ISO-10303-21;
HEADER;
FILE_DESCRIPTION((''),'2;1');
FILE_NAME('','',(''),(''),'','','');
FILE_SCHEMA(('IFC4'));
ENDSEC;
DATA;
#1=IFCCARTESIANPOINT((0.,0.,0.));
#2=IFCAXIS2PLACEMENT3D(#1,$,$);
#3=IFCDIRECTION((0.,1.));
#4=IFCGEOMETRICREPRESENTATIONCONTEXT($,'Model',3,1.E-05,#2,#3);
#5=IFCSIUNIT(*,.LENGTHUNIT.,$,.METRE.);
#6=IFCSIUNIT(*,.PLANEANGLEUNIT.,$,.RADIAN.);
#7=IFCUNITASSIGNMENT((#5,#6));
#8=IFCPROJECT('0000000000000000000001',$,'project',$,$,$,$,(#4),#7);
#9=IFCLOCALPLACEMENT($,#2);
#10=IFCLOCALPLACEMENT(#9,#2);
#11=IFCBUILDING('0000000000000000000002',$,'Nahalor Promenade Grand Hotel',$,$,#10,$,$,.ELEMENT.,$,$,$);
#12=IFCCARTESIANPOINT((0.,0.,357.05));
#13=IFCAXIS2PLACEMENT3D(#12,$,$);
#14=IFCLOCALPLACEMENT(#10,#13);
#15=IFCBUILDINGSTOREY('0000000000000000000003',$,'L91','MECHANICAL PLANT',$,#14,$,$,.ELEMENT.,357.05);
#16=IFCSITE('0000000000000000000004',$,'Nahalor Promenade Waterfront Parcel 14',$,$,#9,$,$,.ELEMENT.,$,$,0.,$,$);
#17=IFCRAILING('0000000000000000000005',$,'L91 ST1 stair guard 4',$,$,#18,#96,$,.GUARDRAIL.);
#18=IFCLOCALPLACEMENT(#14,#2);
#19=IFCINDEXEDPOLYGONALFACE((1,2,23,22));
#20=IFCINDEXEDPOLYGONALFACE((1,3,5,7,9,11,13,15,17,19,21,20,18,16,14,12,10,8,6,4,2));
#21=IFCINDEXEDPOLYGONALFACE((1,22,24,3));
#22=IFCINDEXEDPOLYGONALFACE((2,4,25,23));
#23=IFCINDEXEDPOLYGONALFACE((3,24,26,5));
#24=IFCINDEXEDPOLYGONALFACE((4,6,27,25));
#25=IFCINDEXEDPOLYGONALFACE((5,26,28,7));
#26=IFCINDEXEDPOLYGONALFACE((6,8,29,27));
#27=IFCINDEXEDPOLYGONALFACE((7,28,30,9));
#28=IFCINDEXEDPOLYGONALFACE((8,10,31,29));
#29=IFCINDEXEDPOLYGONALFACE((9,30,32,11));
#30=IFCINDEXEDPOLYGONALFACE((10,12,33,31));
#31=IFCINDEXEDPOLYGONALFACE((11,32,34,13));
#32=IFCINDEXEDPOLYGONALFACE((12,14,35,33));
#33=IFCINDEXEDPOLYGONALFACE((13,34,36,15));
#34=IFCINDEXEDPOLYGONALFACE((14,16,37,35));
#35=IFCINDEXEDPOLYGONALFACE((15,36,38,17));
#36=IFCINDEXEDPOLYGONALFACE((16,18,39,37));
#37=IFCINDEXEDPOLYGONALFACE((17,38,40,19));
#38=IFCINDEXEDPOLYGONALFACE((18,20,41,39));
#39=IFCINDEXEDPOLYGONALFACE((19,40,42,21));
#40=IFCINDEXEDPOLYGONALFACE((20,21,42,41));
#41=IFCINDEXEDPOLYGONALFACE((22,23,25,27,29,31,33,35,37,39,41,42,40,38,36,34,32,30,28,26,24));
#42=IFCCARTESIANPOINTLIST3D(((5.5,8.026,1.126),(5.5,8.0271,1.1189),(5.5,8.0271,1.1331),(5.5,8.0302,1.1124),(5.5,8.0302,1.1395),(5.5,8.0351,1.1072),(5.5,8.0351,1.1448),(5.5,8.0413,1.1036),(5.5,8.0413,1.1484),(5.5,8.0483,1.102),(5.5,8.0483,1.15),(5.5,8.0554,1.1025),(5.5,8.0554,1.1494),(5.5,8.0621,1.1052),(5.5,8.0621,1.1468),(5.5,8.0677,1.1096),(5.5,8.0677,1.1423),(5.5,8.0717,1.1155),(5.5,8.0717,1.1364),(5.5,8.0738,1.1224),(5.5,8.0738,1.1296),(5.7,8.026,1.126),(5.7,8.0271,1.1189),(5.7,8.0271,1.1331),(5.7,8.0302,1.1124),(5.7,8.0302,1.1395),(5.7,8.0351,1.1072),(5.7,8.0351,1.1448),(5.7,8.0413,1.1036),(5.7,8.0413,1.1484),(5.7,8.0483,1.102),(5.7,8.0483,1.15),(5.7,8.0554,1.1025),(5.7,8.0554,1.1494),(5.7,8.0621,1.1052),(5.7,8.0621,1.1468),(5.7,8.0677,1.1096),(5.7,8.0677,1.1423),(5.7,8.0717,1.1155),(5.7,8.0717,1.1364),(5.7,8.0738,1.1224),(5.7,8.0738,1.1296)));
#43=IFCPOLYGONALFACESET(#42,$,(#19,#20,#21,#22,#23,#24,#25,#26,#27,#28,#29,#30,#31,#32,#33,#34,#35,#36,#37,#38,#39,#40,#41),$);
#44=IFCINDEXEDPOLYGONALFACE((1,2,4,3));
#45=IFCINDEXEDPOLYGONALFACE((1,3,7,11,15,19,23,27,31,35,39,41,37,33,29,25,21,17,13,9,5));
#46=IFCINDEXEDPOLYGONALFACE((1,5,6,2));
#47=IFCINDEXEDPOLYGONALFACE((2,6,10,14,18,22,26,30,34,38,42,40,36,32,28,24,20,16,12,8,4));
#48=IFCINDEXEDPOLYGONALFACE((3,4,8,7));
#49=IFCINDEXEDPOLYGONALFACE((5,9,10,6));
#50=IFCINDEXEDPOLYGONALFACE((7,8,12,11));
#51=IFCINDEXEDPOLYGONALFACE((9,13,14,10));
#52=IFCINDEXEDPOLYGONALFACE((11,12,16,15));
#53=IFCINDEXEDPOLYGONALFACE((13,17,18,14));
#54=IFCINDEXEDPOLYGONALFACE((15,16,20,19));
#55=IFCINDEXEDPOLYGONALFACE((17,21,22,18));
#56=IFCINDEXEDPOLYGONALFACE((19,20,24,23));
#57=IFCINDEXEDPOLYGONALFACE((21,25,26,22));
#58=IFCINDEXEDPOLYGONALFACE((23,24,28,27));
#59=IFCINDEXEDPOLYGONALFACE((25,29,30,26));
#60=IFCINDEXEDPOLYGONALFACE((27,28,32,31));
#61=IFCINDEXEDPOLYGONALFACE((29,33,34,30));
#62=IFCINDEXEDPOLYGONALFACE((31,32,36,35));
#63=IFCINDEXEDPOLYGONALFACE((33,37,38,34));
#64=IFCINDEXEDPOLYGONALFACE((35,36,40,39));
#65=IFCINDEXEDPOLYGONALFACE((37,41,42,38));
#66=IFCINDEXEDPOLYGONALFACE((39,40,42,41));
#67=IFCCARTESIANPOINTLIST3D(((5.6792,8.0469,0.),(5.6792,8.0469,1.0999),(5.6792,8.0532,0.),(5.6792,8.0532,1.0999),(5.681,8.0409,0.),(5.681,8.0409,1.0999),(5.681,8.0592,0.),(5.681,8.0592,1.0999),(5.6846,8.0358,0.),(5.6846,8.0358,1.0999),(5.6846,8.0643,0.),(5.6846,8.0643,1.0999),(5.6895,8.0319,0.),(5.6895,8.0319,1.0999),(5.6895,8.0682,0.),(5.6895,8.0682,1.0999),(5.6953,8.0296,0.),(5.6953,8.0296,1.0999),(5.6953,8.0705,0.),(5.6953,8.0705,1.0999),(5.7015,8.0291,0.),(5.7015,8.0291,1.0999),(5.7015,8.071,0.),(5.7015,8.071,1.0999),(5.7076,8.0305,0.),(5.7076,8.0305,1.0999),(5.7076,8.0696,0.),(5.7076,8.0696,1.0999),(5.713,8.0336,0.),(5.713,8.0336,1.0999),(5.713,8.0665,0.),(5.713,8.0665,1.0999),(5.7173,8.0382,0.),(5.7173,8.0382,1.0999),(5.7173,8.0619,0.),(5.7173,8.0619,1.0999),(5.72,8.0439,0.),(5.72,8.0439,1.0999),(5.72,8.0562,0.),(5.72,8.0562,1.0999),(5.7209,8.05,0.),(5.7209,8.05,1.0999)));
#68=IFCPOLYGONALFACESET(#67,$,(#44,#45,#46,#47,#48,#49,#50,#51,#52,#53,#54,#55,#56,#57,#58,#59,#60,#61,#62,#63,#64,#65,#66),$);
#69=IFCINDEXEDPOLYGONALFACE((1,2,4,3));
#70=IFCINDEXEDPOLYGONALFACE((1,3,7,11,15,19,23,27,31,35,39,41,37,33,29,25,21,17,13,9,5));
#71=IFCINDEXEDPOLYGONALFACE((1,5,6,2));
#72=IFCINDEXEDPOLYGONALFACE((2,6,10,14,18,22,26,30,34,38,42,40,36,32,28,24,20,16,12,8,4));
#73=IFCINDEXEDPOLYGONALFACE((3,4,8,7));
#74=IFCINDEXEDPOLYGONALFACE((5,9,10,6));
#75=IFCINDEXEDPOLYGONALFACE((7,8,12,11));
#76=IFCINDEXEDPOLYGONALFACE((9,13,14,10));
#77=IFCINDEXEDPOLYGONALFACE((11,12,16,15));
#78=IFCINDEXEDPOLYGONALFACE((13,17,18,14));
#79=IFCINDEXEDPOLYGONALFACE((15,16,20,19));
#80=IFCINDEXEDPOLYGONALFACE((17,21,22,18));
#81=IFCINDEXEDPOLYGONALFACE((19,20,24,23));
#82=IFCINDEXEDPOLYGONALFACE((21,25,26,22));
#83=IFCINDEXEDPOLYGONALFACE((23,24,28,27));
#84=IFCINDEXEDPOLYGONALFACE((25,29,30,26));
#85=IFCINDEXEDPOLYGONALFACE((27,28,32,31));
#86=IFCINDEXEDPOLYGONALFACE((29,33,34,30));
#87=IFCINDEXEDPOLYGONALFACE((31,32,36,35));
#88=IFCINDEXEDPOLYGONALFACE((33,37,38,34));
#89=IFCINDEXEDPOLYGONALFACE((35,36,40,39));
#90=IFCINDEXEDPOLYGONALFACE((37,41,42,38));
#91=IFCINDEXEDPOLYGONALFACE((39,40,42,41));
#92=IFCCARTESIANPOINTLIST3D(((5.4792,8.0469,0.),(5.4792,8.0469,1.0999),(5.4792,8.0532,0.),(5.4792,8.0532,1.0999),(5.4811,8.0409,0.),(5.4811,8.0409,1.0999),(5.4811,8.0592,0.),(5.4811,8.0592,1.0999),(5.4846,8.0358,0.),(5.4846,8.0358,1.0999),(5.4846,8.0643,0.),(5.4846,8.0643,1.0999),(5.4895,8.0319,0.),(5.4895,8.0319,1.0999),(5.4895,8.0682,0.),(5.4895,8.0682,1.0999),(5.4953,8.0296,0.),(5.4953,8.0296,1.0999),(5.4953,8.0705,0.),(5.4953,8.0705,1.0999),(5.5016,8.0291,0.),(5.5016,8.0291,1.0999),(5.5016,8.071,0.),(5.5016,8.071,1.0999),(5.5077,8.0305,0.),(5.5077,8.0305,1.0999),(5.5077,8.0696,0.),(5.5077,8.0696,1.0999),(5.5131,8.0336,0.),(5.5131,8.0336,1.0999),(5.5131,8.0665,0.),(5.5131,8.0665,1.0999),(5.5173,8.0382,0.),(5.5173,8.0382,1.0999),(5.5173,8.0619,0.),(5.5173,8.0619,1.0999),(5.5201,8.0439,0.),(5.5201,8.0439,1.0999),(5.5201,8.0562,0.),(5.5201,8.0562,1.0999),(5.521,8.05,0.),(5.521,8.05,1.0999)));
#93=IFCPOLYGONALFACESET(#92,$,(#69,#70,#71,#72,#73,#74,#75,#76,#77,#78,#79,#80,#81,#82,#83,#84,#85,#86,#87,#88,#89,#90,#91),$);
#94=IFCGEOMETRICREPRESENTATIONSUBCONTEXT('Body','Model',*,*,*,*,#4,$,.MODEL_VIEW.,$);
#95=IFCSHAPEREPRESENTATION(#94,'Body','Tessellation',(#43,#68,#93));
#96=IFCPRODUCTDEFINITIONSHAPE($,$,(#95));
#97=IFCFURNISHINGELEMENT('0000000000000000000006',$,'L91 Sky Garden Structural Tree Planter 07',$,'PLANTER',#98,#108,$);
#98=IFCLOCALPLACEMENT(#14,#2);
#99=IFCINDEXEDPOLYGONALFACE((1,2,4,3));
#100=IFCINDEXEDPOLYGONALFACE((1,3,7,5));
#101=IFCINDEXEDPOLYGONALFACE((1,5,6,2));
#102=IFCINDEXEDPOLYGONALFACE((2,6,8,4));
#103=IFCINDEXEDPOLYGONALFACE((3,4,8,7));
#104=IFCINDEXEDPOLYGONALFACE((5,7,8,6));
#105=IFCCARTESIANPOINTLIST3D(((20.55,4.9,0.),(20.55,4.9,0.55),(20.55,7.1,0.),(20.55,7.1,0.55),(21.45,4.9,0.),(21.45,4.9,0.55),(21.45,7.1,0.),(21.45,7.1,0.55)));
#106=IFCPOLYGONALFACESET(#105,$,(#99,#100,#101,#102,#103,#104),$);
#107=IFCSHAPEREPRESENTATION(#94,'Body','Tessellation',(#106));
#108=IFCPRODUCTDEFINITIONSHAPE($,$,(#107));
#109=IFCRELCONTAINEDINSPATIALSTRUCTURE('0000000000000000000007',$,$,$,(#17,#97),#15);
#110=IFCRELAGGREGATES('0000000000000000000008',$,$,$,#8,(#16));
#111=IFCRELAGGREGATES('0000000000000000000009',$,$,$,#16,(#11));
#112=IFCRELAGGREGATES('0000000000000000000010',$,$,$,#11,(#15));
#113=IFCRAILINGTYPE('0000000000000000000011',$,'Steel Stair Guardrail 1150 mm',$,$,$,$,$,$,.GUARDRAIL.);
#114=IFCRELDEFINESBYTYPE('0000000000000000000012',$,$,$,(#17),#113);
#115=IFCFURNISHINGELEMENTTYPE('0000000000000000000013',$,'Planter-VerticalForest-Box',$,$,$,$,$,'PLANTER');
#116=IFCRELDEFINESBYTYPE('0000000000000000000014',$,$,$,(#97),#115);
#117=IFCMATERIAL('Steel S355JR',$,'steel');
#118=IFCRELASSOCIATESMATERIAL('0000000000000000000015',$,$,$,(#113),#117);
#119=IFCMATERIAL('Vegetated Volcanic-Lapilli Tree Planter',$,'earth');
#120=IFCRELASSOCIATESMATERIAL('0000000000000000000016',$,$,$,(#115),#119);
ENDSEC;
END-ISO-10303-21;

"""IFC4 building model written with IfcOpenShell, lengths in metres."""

from ifc_helpers import new_model, si_unit, direction, frame, origin, origin_2d, place, context, subcontext, project, spatial, rectangle, circle, extrude, source, transform, mapped, material, type_object, element, save


model = new_model("IFC4")

# Units and contexts
model_context = context("Model", 3, precision=1e-05, world=origin(), true_north=direction((0.0, 1.0)))
body_context = subcontext(model_context, "Body", "Model", "MODEL_VIEW")
ifc_project = project(units=[si_unit("LENGTHUNIT", "METRE"), si_unit("PLANEANGLEUNIT", "RADIAN")], contexts=[model_context])

# Site, building, storey
site_placement = place(None, origin())
site = spatial("IfcSite", under=ifc_project, at=site_placement, Name="Nahalor Promenade Waterfront Parcel 14", CompositionType="ELEMENT", RefElevation=0.0)
building_placement = place(site_placement, origin())
building = spatial("IfcBuilding", under=site, at=building_placement, Name="Nahalor Promenade Grand Hotel", CompositionType="ELEMENT")
storey_placement = place(building_placement, frame((0.0, 0.0, 357.05)))
storey = spatial("IfcBuildingStorey", under=building, at=storey_placement, Name="L91", Description="MECHANICAL PLANT", CompositionType="ELEMENT", Elevation=357.05)

# Shared definitions
ifc_material_1 = material(Name="Steel S355JR", Category="steel")

# Railing
railing_type_1 = type_object("IfcRailingType", Name="Steel Stair Guardrail 1150 mm", PredefinedType="GUARDRAIL", material=ifc_material_1)
railing_1_placement = place(storey_placement, frame((5.7, 8.05, 0.0)))
element("IfcRailing", 1, at=railing_1_placement, inside=storey, type_object=railing_type_1, Name="L91 ST1 stair guard 4", PredefinedType="GUARDRAIL", context=body_context, shape_type="SweptSolid", body=[
    extrude(circle(Radius=0.024, at=origin_2d()), frame((0.0, 0.0, 1.126), z_axis=(-1.0, 0.0, 0.0), x_axis=(0.0, -1.0, 0.0)), (0.0, 0.0, 1.0), 0.2),
    extrude(circle(Radius=0.021, at=origin_2d()), origin(), (0.0, 0.0, 1.0), 1.0999),
    extrude(circle(Radius=0.021, at=origin_2d()), frame((-0.2, 0.0, 0.0)), (0.0, 0.0, 1.0), 1.0999),
])

# Furnishing element
ifc_material_2 = material(Name="Vegetated Volcanic-Lapilli Tree Planter", Category="earth")
furnishing_element_type = type_object("IfcFurnishingElementType", Name="Planter-VerticalForest-Box", ElementType="PLANTER", material=ifc_material_2)
shared_shape_1 = source(origin(), body_context, "Body", "SweptSolid", [
    extrude(rectangle(XDim=2.2, YDim=0.8999, at=origin_2d()), origin(), (0.0, 0.0, 1.0), 0.55),
])
furnishing_placement = place(storey_placement, frame((21.0, 6.0, 0.0), z_axis=(0.0, 0.0, 1.0), x_axis=(0.0, 1.0, 0.0)))
element("IfcFurnishingElement", 2, at=furnishing_placement, inside=storey, type_object=furnishing_element_type, Name="L91 Sky Garden Structural Tree Planter 07", ObjectType="PLANTER", context=body_context, shape_type="MappedRepresentation", body=[
    mapped(shared_shape_1, transform((0.0, 0.0, 0.0), scale=1.0)),
])

save(model, "model.ifc")
